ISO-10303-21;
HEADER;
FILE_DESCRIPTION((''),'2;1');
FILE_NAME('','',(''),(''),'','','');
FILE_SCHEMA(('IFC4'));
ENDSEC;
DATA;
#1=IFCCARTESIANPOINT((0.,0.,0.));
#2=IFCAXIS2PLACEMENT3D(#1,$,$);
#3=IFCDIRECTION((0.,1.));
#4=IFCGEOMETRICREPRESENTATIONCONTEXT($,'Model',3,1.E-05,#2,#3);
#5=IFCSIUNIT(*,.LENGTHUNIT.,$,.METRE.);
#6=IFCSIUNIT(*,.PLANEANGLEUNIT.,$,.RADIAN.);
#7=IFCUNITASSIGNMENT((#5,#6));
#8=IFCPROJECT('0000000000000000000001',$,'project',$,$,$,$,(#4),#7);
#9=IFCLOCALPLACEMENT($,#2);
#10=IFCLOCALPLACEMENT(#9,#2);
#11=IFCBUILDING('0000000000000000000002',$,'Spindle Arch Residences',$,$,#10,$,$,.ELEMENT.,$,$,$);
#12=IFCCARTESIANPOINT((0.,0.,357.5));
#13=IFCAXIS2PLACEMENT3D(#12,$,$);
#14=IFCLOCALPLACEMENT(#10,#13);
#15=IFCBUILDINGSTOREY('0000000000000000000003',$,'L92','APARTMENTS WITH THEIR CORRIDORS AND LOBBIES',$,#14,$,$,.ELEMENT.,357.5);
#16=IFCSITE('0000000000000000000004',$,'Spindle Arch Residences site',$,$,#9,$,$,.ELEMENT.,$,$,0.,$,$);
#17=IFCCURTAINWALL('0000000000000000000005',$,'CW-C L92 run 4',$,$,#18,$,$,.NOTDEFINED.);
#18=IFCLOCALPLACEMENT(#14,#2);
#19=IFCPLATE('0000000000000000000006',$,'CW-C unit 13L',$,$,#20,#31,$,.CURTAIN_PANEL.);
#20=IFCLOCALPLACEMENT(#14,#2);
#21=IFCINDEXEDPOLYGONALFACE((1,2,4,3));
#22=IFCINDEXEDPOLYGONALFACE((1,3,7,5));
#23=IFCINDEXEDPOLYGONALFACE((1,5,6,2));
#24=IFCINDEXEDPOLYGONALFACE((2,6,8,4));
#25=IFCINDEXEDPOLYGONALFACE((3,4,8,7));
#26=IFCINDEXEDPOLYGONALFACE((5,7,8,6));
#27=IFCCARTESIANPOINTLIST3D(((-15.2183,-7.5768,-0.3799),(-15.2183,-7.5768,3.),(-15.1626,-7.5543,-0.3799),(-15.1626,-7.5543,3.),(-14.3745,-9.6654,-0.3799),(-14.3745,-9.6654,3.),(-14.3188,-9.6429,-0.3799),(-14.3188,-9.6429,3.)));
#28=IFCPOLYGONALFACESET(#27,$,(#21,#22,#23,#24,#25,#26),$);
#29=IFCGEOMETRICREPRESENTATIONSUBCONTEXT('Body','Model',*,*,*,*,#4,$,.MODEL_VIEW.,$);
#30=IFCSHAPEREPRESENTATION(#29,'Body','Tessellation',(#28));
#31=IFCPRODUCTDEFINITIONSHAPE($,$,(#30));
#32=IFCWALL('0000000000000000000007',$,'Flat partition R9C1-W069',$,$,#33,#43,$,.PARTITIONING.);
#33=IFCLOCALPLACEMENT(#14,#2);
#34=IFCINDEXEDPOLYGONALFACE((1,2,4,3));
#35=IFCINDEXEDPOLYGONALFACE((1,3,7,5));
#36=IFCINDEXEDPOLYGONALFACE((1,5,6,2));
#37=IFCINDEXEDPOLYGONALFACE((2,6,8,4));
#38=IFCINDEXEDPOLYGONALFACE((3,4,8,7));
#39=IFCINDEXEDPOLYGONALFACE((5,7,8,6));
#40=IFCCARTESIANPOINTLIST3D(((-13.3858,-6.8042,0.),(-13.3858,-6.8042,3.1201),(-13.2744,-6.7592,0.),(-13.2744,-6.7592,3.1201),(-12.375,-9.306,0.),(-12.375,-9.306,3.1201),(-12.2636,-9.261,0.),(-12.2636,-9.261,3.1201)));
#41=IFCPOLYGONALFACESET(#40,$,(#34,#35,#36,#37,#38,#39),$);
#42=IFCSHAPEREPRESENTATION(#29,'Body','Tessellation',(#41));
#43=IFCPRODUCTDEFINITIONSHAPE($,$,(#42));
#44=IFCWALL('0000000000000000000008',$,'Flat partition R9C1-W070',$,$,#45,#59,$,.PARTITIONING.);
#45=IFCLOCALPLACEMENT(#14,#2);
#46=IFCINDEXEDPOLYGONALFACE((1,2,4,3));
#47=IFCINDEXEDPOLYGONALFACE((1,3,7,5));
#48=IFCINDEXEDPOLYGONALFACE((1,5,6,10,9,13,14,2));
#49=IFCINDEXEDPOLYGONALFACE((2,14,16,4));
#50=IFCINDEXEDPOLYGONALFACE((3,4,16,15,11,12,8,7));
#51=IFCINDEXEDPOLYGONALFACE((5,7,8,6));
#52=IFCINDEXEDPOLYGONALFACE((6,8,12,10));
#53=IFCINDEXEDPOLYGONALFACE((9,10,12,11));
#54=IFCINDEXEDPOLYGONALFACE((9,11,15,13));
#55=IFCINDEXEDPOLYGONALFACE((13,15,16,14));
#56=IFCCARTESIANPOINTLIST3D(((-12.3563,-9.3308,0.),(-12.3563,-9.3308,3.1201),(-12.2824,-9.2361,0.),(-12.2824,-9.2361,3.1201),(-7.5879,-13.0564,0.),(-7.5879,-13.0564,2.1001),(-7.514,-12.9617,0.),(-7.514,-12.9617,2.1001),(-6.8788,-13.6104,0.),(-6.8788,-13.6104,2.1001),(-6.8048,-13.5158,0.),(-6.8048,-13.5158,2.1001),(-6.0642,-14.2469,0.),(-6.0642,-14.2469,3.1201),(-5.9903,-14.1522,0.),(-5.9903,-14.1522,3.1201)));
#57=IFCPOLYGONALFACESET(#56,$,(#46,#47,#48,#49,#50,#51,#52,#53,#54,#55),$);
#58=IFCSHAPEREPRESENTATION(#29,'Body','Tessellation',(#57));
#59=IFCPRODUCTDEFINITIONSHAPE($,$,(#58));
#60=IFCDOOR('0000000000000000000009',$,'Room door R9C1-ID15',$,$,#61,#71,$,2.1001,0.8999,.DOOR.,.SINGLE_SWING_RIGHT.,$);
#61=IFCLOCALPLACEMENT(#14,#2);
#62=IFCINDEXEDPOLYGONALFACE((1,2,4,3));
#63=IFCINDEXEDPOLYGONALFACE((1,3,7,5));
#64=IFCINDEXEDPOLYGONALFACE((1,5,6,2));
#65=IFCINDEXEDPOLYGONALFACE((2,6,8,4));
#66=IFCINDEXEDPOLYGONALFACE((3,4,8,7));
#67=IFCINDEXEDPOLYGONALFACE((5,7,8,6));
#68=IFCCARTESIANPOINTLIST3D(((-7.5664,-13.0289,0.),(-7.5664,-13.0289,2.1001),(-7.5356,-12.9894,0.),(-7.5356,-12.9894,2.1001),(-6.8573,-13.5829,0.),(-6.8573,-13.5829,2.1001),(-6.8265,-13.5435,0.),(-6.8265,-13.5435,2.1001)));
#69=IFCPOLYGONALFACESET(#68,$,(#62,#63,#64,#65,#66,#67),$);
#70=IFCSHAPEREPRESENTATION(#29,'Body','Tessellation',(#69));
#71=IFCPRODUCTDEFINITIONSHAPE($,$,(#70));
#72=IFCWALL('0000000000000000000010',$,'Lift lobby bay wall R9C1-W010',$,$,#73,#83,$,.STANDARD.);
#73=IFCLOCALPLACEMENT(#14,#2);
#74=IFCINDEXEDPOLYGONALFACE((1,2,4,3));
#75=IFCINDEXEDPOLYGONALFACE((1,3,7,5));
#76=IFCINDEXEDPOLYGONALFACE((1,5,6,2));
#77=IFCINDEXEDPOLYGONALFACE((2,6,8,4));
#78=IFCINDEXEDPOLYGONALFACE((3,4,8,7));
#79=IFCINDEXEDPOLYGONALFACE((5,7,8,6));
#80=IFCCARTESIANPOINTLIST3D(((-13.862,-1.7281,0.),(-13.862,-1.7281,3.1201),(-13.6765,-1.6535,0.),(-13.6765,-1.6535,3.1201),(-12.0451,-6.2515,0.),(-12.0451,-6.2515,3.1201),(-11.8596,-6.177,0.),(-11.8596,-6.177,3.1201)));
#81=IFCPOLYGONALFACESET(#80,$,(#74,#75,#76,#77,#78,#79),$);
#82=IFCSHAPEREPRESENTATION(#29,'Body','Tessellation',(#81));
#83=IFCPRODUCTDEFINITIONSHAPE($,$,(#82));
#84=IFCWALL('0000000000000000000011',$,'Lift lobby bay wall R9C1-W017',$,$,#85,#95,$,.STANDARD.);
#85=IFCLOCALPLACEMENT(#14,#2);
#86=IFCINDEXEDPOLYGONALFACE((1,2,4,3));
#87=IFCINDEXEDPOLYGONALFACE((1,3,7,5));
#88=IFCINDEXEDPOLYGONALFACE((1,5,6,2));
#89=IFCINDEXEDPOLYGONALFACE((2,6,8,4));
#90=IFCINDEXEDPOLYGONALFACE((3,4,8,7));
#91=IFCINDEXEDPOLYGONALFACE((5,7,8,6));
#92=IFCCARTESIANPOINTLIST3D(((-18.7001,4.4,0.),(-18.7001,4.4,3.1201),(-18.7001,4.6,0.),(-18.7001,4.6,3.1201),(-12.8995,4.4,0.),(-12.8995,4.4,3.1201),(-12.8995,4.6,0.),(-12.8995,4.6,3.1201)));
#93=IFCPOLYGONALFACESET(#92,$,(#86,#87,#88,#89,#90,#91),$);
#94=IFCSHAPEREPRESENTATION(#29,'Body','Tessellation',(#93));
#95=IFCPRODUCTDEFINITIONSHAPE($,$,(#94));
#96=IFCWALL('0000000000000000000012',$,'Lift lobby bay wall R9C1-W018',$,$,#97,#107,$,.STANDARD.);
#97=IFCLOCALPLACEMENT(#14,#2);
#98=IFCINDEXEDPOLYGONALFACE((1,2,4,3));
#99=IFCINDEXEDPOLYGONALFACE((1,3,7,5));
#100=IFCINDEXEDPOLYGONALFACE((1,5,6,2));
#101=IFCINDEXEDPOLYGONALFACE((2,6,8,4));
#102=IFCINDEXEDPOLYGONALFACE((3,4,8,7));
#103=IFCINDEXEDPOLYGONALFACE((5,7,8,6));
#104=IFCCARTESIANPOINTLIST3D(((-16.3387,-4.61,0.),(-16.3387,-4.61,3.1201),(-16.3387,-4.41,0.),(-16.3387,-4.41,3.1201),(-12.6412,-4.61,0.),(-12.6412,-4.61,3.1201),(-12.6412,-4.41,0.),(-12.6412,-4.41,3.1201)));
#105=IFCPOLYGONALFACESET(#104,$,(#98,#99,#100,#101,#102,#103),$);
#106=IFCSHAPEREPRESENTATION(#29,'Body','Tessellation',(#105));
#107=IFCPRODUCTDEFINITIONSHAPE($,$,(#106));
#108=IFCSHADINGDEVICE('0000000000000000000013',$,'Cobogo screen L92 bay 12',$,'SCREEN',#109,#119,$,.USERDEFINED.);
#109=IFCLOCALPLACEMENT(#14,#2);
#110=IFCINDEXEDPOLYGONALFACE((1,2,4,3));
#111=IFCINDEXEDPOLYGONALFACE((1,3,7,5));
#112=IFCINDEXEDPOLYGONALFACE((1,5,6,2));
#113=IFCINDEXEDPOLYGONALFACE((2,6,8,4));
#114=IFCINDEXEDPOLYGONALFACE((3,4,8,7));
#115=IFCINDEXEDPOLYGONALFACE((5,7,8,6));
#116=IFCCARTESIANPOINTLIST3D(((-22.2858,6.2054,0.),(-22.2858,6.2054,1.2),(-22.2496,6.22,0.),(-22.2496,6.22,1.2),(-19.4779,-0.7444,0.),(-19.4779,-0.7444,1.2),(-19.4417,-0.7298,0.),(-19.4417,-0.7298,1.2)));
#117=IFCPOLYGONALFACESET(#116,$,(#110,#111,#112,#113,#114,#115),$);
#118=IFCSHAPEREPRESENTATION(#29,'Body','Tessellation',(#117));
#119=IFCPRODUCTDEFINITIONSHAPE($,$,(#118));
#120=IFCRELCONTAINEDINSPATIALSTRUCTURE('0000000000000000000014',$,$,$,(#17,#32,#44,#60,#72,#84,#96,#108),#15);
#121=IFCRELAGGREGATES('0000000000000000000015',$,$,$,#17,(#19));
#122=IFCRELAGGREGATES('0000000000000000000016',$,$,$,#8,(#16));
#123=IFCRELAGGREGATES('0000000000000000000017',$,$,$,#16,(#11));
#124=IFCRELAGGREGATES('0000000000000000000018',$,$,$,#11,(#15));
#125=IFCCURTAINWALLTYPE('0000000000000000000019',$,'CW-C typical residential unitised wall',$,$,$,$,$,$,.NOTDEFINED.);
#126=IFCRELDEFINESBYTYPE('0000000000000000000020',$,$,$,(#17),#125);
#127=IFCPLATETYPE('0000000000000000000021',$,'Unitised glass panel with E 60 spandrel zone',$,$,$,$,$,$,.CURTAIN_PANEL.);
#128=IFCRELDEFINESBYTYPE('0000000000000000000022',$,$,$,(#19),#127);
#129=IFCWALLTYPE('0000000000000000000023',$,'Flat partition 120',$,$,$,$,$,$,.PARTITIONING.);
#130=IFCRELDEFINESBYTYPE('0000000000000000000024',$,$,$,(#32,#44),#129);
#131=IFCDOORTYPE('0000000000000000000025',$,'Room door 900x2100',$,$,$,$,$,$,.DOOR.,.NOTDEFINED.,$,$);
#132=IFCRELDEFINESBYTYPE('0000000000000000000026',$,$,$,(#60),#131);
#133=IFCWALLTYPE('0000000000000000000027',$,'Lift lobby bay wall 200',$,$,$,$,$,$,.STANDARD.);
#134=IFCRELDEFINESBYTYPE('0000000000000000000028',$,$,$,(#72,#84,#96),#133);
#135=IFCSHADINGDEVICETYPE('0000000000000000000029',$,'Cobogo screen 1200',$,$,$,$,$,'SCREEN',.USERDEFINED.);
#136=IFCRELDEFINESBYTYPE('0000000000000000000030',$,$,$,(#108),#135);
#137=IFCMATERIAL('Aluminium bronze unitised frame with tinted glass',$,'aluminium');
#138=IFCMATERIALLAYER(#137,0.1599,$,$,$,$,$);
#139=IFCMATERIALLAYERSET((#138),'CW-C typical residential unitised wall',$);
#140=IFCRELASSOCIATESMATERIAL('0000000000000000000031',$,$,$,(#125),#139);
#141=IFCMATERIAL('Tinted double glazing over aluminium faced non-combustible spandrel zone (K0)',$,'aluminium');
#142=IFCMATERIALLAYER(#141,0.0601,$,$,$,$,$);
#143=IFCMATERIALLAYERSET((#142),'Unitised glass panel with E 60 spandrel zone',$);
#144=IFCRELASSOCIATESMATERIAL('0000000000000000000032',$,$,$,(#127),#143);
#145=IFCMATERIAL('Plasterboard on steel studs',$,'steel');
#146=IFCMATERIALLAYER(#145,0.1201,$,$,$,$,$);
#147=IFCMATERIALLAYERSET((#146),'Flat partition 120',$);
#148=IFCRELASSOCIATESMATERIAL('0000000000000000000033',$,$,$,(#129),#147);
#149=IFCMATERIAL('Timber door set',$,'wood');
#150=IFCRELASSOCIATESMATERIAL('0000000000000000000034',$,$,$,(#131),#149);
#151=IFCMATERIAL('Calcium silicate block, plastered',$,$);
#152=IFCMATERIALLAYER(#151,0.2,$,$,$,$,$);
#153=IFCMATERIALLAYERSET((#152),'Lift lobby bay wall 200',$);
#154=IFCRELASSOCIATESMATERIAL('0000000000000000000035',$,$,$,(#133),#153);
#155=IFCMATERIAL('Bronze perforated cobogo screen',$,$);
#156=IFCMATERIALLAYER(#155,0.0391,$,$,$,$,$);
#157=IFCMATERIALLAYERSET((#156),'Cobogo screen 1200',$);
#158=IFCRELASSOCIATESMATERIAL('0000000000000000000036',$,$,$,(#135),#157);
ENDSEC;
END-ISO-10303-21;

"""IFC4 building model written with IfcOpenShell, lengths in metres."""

from ifc_helpers import new_model, si_unit, direction, frame, frame_2d, origin, origin_2d, place, context, subcontext, project, spatial, rectangle, extrude, material, layer, layer_set, type_object, element, fill, aggregate, save


model = new_model("IFC4")

# Units and contexts
model_context = context("Model", 3, precision=1e-05, world=origin(), true_north=direction((0.0, 1.0)))
body_context = subcontext(model_context, "Body", "Model", "MODEL_VIEW")
ifc_project = project(units=[si_unit("LENGTHUNIT", "METRE"), si_unit("PLANEANGLEUNIT", "RADIAN")], contexts=[model_context])

# Site, building, storey
site_placement = place(None, origin())
site = spatial("IfcSite", under=ifc_project, at=site_placement, Name="Spindle Arch Residences site", CompositionType="ELEMENT", RefElevation=0.0)
building_placement = place(site_placement, origin())
building = spatial("IfcBuilding", under=site, at=building_placement, Name="Spindle Arch Residences", CompositionType="ELEMENT")
storey_placement = place(building_placement, frame((0.0, 0.0, 357.5)))
storey = spatial("IfcBuildingStorey", under=building, at=storey_placement, Name="L92", Description="APARTMENTS WITH THEIR CORRIDORS AND LOBBIES", CompositionType="ELEMENT", Elevation=357.5)

# Curtain wall
ifc_material_1 = material(Name="Aluminium bronze unitised frame with tinted glass", Category="aluminium")
ifc_layer_1 = layer(ifc_material_1, 0.1599)
ifc_layer_set_1 = layer_set([ifc_layer_1], Name="CW-C typical residential unitised wall")
curtain_wall_type = type_object("IfcCurtainWallType", Name="CW-C typical residential unitised wall", PredefinedType="NOTDEFINED", material=ifc_layer_set_1)
curtain_wall_placement = place(storey_placement, origin())
curtain_wall = element("IfcCurtainWall", 1, at=curtain_wall_placement, inside=storey, type_object=curtain_wall_type, Name="CW-C L92 run 4", PredefinedType="NOTDEFINED")

# Plate
ifc_material_2 = material(Name="Tinted double glazing over aluminium faced non-combustible spandrel zone (K0)", Category="aluminium")
ifc_layer_2 = layer(ifc_material_2, 0.0601)
ifc_layer_set_2 = layer_set([ifc_layer_2], Name="Unitised glass panel with E 60 spandrel zone")
plate_type = type_object("IfcPlateType", Name="Unitised glass panel with E 60 spandrel zone", PredefinedType="CURTAIN_PANEL", material=ifc_layer_set_2)
plate_1_placement = place(storey_placement, frame((-14.7686, -8.6099, -0.3799), z_axis=(0.0, 0.0, 1.0), x_axis=(0.374607, -0.927184, 0.0)))
plate_1 = element("IfcPlate", 2, at=plate_1_placement, type_object=plate_type, Name="CW-C unit 13L", PredefinedType="CURTAIN_PANEL", context=body_context, shape_type="SweptSolid", body=[
    extrude(rectangle(XDim=2.2527, YDim=0.0601, at=origin_2d()), origin(), (0.0, 0.0, 1.0), 3.3799),
])
aggregate(curtain_wall, [plate_1])

# Wall
ifc_material_3 = material(Name="Plasterboard on steel studs", Category="steel")
ifc_layer_3 = layer(ifc_material_3, 0.1201)
ifc_layer_set_3 = layer_set([ifc_layer_3], Name="Flat partition 120")
wall_type_1 = type_object("IfcWallType", Name="Flat partition 120", PredefinedType="PARTITIONING", material=ifc_layer_set_3)
wall_1_placement = place(storey_placement, frame((-13.3301, -6.7817, 0.0), z_axis=(0.0, 0.0, 1.0), x_axis=(0.374602, -0.927186, 0.0)))
element("IfcWall", 3, at=wall_1_placement, inside=storey, type_object=wall_type_1, Name="Flat partition R9C1-W069", PredefinedType="PARTITIONING", context=body_context, shape_type="SweptSolid", body=[
    extrude(rectangle(XDim=2.6982, YDim=0.1201, at=frame_2d((1.3491, 0.0))), origin(), (0.0, 0.0, 1.0), 3.1201),
])

# Wall, opening, door
wall_2_placement = place(storey_placement, frame((-12.3193, -9.2834, 0.0), z_axis=(0.0, 0.0, 1.0), x_axis=(0.788, -0.615675, 0.0)))
wall_2 = element("IfcWall", 4, at=wall_2_placement, inside=storey, type_object=wall_type_1, Name="Flat partition R9C1-W070", PredefinedType="PARTITIONING", context=body_context, shape_type="SweptSolid", body=[
    extrude(rectangle(XDim=7.9849, YDim=0.1201, at=frame_2d((3.9924, 0.0))), origin(), (0.0, 0.0, 1.0), 3.1201),
])
opening_1_placement = place(wall_2_placement, frame((6.0513, 0.0, 0.0)))
opening_1 = element("IfcOpeningElement", 5, at=opening_1_placement, cuts=wall_2, PredefinedType="OPENING", context=body_context, shape_type="SweptSolid", body=[
    extrude(rectangle(XDim=0.8999, YDim=2.1001, at=frame_2d((0.45, 1.05))), frame((0.0, 0.0701, 0.0), z_axis=(0.0, -1.0, 0.0), x_axis=(1.0, 0.0, 0.0)), (0.0, 0.0, 1.0), 0.1401),
])
ifc_material_4 = material(Name="Timber door set", Category="wood")
door_type_1 = type_object("IfcDoorType", Name="Room door 900x2100", OperationType="NOTDEFINED", PredefinedType="DOOR", material=ifc_material_4)
door_1_placement = place(opening_1_placement, origin())
door_1 = element("IfcDoor", 6, at=door_1_placement, inside=storey, type_object=door_type_1, Name="Room door R9C1-ID15", OperationType="SINGLE_SWING_RIGHT", OverallHeight=2.1001, OverallWidth=0.8999, PredefinedType="DOOR", context=body_context, shape_type="SweptSolid", body=[
    extrude(rectangle(XDim=0.8999, YDim=2.1001, at=frame_2d((0.45, 1.05))), frame((0.0, 0.0249, 0.0), z_axis=(0.0, -1.0, 0.0), x_axis=(1.0, 0.0, 0.0)), (0.0, 0.0, 1.0), 0.05),
])
fill(opening_1, door_1)

# Walls
ifc_material_5 = material(Name="Calcium silicate block, plastered")
ifc_layer_4 = layer(ifc_material_5, 0.2)
ifc_layer_set_4 = layer_set([ifc_layer_4], Name="Lift lobby bay wall 200")
wall_type_2 = type_object("IfcWallType", Name="Lift lobby bay wall 200", PredefinedType="STANDARD", material=ifc_layer_set_4)
wall_3_placement = place(storey_placement, frame((-13.7693, -1.6907, 0.0), z_axis=(0.0, 0.0, 1.0), x_axis=(0.37272, -0.927944, 0.0)))
element("IfcWall", 7, at=wall_3_placement, inside=storey, type_object=wall_type_2, Name="Lift lobby bay wall R9C1-W010", PredefinedType="STANDARD", context=body_context, shape_type="SweptSolid", body=[
    extrude(rectangle(XDim=4.8748, YDim=0.2, at=frame_2d((2.4375, 0.0))), origin(), (0.0, 0.0, 1.0), 3.1201),
])
wall_4_placement = place(storey_placement, frame((-12.8994, 4.5, 0.0), z_axis=(0.0, 0.0, 1.0), x_axis=(-1.0, 0.0, 0.0)))
element("IfcWall", 8, at=wall_4_placement, inside=storey, type_object=wall_type_2, Name="Lift lobby bay wall R9C1-W017", PredefinedType="STANDARD", context=body_context, shape_type="SweptSolid", body=[
    extrude(rectangle(XDim=5.8005, YDim=0.2, at=frame_2d((2.9004, 0.0))), origin(), (0.0, 0.0, 1.0), 3.1201),
])
wall_5_placement = place(storey_placement, frame((-16.3386, -4.51, 0.0), z_axis=(0.0, 0.0, 1.0), x_axis=(1.0, 0.0, 0.0)))
element("IfcWall", 9, at=wall_5_placement, inside=storey, type_object=wall_type_2, Name="Lift lobby bay wall R9C1-W018", PredefinedType="STANDARD", context=body_context, shape_type="SweptSolid", body=[
    extrude(rectangle(XDim=3.6975, YDim=0.2, at=frame_2d((1.8486, 0.0))), origin(), (0.0, 0.0, 1.0), 3.1201),
])

# Shading device
ifc_material_6 = material(Name="Bronze perforated cobogo screen")
ifc_layer_5 = layer(ifc_material_6, 0.0391)
ifc_layer_set_5 = layer_set([ifc_layer_5], Name="Cobogo screen 1200")
shading_device_type = type_object("IfcShadingDeviceType", Name="Cobogo screen 1200", ElementType="SCREEN", PredefinedType="USERDEFINED", material=ifc_layer_set_5)
shading_device_placement = place(storey_placement, frame((-20.8638, 2.7378, 0.0), z_axis=(0.0, 0.0, 1.0), x_axis=(0.374607, -0.927184, 0.0)))
element("IfcShadingDevice", 10, at=shading_device_placement, inside=storey, type_object=shading_device_type, Name="Cobogo screen L92 bay 12", ObjectType="SCREEN", PredefinedType="USERDEFINED", context=body_context, shape_type="SweptSolid", body=[
    extrude(rectangle(XDim=7.4956, YDim=0.0391, at=origin_2d()), origin(), (0.0, 0.0, 1.0), 1.2),
])

save(model, "model.ifc")
